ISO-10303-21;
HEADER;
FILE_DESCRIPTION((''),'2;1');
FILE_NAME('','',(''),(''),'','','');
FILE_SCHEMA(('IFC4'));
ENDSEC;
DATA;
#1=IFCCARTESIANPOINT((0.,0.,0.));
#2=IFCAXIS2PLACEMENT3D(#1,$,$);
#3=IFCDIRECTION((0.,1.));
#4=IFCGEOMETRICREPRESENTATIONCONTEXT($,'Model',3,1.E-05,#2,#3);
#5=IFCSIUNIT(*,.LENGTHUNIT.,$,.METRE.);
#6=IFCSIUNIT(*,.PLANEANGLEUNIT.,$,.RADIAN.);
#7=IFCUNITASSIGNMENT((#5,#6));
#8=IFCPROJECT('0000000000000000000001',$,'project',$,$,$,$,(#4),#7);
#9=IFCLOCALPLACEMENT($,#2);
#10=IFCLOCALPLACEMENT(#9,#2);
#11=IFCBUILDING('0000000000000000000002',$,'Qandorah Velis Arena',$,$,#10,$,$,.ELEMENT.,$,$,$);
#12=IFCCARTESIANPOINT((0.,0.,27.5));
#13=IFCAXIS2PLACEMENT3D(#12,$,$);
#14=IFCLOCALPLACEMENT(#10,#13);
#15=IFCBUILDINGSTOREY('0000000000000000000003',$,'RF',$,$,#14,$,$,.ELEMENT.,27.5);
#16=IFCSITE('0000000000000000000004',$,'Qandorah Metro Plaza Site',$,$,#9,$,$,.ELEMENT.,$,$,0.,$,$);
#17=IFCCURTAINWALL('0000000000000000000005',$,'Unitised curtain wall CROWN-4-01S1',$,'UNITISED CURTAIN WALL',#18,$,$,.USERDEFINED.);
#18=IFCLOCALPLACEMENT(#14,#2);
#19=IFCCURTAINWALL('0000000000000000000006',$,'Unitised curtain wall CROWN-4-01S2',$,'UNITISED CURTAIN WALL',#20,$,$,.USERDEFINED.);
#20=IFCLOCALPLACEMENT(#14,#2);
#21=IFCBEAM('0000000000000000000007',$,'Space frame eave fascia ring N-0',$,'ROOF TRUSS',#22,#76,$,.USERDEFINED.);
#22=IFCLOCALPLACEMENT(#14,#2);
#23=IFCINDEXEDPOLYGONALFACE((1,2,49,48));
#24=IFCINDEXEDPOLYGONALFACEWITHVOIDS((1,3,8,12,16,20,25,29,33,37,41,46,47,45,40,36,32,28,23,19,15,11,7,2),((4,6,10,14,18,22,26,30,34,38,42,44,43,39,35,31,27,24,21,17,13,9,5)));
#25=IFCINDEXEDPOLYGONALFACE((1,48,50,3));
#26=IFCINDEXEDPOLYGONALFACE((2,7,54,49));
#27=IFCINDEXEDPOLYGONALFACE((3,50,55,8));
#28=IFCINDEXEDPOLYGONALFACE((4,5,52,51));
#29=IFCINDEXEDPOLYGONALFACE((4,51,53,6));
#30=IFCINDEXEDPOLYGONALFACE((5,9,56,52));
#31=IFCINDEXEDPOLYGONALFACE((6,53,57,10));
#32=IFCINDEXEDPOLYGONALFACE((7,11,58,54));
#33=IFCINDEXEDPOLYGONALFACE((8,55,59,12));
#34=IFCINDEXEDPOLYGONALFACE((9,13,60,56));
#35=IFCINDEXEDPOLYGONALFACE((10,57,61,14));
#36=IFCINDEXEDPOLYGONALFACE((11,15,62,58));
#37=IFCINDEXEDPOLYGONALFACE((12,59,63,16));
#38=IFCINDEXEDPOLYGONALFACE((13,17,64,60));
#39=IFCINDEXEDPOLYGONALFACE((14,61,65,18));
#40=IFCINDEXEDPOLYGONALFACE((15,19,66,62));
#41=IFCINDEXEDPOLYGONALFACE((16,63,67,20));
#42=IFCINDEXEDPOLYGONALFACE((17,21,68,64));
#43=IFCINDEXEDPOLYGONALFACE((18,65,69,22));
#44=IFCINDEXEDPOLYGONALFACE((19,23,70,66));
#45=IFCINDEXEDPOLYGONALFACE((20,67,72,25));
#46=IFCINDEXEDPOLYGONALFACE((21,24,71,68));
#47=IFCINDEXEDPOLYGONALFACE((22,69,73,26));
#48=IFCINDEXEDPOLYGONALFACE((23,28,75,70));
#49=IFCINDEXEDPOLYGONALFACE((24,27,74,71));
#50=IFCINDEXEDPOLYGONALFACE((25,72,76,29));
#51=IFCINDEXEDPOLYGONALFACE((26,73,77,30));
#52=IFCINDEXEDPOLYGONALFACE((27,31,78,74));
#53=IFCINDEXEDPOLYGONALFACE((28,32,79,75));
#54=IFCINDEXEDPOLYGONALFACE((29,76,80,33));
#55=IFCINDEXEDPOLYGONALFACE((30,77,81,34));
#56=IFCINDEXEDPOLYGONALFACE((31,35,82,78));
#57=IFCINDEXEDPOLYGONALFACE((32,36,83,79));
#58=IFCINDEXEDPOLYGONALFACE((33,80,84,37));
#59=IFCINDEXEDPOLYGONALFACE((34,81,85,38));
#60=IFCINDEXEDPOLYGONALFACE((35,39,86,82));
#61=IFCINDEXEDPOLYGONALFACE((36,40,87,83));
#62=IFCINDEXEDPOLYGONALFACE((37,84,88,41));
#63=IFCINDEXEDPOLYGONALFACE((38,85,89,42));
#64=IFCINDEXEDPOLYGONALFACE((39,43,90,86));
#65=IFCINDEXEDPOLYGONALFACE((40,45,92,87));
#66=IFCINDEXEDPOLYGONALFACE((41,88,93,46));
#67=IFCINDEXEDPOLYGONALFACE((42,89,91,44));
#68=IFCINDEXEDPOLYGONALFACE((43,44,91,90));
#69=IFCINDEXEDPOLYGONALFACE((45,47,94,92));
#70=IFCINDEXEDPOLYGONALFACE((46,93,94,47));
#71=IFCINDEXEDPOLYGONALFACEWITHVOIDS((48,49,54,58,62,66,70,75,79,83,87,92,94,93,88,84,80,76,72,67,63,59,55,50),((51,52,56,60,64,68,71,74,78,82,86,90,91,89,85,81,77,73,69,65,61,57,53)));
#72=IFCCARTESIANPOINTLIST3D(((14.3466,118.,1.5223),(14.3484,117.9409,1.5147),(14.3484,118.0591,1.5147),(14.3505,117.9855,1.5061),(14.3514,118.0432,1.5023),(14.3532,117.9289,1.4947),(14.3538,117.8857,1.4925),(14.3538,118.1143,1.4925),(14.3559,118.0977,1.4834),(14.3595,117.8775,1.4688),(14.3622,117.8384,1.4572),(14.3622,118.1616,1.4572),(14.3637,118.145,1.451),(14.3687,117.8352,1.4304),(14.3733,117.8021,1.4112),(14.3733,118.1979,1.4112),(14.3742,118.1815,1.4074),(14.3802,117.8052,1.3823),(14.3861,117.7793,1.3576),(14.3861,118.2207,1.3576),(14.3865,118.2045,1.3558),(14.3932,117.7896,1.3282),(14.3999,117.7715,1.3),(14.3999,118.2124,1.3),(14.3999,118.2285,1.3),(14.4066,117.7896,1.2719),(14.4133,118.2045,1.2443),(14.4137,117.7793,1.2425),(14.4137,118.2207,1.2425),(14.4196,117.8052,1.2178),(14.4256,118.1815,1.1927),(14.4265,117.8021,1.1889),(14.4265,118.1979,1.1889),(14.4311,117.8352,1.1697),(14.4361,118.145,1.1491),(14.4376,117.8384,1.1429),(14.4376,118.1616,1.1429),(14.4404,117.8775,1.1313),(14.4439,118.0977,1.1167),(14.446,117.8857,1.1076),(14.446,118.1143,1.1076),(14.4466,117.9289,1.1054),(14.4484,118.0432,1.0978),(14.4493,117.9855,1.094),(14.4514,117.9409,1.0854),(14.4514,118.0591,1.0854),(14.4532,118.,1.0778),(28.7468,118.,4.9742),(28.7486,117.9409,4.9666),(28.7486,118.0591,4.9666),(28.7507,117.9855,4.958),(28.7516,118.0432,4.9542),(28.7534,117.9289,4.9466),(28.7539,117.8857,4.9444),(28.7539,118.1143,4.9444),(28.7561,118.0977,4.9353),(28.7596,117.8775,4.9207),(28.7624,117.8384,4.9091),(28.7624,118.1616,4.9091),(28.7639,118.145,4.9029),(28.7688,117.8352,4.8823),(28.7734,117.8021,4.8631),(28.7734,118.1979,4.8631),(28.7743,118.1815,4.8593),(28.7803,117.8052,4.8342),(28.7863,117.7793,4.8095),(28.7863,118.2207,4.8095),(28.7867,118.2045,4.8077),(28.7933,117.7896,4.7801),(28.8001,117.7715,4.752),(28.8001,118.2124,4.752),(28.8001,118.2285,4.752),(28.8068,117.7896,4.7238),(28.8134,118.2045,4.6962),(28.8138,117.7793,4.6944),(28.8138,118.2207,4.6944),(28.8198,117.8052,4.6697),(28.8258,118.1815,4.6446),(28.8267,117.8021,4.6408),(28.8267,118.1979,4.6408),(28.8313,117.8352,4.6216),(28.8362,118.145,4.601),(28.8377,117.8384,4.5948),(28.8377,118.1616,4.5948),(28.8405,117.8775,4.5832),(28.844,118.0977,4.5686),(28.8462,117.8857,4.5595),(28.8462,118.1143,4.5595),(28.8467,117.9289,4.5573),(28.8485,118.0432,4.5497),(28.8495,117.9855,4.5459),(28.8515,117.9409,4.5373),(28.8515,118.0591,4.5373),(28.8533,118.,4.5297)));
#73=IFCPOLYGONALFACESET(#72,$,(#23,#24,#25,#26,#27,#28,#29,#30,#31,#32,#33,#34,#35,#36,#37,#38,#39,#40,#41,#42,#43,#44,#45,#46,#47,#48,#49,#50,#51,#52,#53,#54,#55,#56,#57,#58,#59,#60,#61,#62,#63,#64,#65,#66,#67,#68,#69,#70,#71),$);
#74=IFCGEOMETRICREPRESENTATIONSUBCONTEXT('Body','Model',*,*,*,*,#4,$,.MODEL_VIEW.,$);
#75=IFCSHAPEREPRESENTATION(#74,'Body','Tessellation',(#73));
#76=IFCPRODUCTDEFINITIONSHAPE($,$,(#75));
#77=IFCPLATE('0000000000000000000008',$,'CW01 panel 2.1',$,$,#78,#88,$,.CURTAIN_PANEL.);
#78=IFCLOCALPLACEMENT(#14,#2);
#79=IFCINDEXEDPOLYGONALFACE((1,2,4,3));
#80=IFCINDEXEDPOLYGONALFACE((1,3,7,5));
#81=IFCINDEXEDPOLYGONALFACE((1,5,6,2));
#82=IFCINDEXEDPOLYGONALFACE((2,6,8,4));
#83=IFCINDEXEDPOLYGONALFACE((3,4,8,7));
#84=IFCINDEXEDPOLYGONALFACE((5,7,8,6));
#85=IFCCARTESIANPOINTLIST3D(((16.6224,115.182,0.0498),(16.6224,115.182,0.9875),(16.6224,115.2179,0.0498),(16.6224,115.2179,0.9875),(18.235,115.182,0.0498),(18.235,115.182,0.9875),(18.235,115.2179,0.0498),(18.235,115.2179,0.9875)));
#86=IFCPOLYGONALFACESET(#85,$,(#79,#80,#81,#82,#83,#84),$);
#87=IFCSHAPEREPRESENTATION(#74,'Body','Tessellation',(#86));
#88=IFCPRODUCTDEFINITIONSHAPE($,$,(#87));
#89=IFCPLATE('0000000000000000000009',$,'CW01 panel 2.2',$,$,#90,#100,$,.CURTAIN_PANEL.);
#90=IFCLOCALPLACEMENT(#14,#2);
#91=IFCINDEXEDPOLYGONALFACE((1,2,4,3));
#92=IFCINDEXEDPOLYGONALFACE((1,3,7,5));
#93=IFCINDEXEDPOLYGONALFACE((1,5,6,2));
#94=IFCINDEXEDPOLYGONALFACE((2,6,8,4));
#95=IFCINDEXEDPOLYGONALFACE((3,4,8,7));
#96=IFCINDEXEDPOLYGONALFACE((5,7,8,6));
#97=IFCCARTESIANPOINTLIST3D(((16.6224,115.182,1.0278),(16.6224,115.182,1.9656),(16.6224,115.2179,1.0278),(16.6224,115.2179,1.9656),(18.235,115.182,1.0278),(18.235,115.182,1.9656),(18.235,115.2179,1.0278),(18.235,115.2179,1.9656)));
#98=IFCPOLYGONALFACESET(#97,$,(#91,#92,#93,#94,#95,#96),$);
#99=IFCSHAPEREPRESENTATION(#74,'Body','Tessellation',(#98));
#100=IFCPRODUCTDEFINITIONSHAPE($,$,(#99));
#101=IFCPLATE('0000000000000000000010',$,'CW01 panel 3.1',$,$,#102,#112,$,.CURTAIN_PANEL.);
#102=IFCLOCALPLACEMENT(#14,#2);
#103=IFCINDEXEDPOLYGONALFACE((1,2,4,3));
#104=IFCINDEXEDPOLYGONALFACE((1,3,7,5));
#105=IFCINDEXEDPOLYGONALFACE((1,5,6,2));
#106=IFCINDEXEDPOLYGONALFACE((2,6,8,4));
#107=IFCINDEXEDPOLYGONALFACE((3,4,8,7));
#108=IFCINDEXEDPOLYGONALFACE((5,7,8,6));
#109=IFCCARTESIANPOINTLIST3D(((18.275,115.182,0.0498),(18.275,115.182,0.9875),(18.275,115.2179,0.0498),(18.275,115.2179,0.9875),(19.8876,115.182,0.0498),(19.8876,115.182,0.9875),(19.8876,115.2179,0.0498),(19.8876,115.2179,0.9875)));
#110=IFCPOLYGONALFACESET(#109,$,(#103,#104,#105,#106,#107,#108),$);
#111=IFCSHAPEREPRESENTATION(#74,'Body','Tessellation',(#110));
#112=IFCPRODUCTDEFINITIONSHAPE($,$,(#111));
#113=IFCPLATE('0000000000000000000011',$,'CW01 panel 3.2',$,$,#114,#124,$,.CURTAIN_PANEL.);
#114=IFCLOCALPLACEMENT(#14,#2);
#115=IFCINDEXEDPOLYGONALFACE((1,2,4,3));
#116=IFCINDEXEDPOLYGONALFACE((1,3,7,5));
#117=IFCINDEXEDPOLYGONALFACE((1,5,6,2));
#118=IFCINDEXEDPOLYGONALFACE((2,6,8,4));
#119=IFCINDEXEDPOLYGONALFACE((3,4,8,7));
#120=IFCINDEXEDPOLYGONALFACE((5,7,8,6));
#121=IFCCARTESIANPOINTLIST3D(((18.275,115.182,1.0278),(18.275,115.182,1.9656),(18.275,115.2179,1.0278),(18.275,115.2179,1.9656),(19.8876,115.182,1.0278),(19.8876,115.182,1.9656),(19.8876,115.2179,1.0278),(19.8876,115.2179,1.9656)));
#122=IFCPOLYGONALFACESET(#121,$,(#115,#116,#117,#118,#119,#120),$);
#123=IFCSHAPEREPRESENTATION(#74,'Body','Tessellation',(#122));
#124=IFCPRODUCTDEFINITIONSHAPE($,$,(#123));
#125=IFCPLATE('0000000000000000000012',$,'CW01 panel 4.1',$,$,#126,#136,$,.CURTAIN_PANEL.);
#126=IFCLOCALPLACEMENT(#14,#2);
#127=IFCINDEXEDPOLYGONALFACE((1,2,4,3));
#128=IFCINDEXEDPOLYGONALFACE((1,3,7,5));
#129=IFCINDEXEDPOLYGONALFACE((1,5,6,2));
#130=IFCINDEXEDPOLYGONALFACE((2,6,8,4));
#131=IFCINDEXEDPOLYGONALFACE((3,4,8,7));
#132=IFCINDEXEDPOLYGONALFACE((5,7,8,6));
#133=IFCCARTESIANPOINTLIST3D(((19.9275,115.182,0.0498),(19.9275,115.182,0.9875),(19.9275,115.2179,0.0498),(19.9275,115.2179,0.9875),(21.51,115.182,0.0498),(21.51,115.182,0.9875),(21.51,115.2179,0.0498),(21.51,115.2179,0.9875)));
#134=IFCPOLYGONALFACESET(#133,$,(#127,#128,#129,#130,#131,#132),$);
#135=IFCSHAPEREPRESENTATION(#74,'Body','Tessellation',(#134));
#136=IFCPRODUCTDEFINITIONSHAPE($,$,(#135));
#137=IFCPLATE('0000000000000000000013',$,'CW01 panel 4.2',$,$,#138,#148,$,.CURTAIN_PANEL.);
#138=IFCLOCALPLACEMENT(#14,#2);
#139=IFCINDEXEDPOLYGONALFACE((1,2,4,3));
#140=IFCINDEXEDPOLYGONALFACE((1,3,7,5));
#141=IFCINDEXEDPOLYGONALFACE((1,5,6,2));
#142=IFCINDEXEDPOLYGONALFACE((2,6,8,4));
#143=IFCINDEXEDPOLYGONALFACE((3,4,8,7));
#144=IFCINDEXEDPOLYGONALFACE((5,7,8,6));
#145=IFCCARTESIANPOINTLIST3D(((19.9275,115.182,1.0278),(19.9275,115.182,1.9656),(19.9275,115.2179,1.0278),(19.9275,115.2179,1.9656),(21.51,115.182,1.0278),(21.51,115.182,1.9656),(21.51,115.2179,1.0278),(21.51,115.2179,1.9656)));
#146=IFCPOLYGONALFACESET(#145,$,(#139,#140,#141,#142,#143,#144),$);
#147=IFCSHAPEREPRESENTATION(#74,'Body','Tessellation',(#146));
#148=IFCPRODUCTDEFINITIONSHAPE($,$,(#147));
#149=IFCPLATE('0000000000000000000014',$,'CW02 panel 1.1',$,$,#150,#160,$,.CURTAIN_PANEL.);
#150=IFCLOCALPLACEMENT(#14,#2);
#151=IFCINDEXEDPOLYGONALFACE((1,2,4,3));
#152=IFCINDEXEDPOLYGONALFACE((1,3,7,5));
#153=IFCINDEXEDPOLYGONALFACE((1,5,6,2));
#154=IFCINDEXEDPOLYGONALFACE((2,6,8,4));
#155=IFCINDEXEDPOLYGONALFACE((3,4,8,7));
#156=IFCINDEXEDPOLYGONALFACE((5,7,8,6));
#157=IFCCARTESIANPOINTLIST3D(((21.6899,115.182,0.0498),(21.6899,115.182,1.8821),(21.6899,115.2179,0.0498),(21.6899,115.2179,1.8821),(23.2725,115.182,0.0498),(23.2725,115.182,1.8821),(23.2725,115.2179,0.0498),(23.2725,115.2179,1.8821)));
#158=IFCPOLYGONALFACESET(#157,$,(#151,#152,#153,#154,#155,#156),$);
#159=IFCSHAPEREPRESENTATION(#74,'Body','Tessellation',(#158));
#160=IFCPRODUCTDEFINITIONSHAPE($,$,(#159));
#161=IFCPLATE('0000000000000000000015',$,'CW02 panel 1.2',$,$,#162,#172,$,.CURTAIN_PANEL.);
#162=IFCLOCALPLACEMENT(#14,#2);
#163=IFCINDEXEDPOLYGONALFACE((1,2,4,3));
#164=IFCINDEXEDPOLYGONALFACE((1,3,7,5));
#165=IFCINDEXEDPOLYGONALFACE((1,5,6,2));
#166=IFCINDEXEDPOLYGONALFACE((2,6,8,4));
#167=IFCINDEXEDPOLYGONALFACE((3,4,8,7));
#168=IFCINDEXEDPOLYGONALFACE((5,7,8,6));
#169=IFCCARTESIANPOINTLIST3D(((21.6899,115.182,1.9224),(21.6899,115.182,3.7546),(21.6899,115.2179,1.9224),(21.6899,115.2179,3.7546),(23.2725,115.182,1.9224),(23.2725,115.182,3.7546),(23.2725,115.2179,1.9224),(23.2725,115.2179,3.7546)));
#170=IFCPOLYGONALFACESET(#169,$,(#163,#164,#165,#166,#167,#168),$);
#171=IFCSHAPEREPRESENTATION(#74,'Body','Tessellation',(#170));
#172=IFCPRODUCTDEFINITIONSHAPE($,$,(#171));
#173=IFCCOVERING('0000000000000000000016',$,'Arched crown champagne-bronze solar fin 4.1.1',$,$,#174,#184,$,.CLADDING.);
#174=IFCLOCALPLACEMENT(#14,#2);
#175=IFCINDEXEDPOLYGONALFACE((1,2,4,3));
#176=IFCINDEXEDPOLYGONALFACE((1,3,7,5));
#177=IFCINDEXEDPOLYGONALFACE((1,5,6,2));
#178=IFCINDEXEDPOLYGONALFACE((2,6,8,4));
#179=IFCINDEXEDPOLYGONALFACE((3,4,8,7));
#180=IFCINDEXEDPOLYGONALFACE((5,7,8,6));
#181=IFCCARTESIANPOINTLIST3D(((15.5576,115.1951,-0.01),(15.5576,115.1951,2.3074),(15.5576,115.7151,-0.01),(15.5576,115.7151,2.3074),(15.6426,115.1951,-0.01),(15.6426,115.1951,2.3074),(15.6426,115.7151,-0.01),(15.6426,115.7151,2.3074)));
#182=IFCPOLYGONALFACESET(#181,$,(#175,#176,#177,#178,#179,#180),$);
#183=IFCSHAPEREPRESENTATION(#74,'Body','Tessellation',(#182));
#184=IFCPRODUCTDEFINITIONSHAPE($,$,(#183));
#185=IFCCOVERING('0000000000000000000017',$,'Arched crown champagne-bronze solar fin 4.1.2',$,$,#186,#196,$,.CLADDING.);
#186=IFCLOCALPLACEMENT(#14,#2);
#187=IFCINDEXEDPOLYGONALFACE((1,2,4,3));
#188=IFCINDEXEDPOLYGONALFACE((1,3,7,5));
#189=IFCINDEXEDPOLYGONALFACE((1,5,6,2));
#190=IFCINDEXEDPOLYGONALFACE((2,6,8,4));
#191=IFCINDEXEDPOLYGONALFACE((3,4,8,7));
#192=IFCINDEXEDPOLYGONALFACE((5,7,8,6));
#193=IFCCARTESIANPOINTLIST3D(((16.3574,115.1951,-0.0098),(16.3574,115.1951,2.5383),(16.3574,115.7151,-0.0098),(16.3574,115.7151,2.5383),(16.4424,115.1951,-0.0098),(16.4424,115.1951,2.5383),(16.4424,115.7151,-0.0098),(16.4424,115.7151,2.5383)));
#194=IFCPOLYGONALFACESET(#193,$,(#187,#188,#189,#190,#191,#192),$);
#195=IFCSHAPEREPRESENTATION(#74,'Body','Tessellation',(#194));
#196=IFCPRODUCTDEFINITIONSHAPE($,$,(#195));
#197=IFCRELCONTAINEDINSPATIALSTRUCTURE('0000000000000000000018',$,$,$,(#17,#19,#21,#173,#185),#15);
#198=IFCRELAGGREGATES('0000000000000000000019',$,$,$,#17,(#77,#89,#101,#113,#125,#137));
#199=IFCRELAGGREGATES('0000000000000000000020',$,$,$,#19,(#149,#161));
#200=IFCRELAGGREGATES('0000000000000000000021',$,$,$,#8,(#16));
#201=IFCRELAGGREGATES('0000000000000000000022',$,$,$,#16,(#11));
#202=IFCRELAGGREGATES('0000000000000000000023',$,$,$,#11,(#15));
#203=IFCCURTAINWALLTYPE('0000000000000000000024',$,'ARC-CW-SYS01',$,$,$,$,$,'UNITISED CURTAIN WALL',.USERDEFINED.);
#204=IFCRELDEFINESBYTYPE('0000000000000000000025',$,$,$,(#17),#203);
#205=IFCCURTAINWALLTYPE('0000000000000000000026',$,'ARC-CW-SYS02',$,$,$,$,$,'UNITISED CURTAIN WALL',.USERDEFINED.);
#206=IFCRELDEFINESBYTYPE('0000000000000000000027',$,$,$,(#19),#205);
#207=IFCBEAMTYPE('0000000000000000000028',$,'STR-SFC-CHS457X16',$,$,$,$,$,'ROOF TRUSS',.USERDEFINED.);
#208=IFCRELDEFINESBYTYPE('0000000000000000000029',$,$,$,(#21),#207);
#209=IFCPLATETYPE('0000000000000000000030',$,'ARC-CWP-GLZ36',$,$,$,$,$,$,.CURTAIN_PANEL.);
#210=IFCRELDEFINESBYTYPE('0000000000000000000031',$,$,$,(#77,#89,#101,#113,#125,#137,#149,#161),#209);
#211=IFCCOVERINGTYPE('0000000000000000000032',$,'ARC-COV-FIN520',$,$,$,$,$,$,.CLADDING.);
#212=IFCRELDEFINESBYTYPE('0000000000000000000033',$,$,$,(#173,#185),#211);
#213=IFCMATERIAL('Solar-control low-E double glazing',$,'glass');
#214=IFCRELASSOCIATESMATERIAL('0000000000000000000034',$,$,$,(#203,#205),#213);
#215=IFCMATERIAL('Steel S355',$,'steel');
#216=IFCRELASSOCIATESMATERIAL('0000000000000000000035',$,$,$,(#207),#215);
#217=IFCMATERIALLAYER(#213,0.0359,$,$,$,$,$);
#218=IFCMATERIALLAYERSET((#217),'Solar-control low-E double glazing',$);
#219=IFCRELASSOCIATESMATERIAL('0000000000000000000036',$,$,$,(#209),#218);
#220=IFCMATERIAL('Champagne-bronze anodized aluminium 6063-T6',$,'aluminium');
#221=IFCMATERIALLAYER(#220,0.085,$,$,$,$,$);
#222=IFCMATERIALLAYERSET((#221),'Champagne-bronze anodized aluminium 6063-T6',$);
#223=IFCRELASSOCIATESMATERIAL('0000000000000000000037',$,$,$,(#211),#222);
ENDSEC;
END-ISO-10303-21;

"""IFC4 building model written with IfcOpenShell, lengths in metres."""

from ifc_helpers import new_model, si_unit, direction, frame, origin, origin_2d, place, context, subcontext, project, spatial, rectangle, hollow_circle, extrude, material, layer, layer_set, material_profile, profile_set, type_object, element, aggregate, save


model = new_model("IFC4")

# Units and contexts
model_context = context("Model", 3, precision=1e-05, world=origin(), true_north=direction((0.0, 1.0)))
body_context = subcontext(model_context, "Body", "Model", "MODEL_VIEW")
ifc_project = project(units=[si_unit("LENGTHUNIT", "METRE"), si_unit("PLANEANGLEUNIT", "RADIAN")], contexts=[model_context])

# Site, building, storey
site_placement = place(None, origin())
site = spatial("IfcSite", under=ifc_project, at=site_placement, Name="Qandorah Metro Plaza Site", CompositionType="ELEMENT", RefElevation=0.0)
building_placement = place(site_placement, origin())
building = spatial("IfcBuilding", under=site, at=building_placement, Name="Qandorah Velis Arena", CompositionType="ELEMENT")
storey_placement = place(building_placement, frame((0.0, 0.0, 27.5)))
storey = spatial("IfcBuildingStorey", under=building, at=storey_placement, Name="RF", CompositionType="ELEMENT", Elevation=27.5)

# Curtain walls
ifc_material_1 = material(Name="Solar-control low-E double glazing", Category="glass")
curtain_wall_type_1 = type_object("IfcCurtainWallType", Name="ARC-CW-SYS01", ElementType="UNITISED CURTAIN WALL", PredefinedType="USERDEFINED", material=ifc_material_1)
curtain_wall_1_placement = place(storey_placement, origin())
curtain_wall_1 = element("IfcCurtainWall", 1, at=curtain_wall_1_placement, inside=storey, type_object=curtain_wall_type_1, Name="Unitised curtain wall CROWN-4-01S1", ObjectType="UNITISED CURTAIN WALL", PredefinedType="USERDEFINED")
ifc_material_2 = material(Name="Champagne-bronze anodized aluminium 6063-T6", Category="aluminium")
curtain_wall_type_2 = type_object("IfcCurtainWallType", Name="ARC-CW-SYS02", ElementType="UNITISED CURTAIN WALL", PredefinedType="USERDEFINED", material=ifc_material_1)
curtain_wall_2_placement = place(storey_placement, origin())
curtain_wall_2 = element("IfcCurtainWall", 2, at=curtain_wall_2_placement, inside=storey, type_object=curtain_wall_type_2, Name="Unitised curtain wall CROWN-4-01S2", ObjectType="UNITISED CURTAIN WALL", PredefinedType="USERDEFINED")

# Beam
ifc_material_3 = material(Name="Steel S355", Category="steel")
ifc_material_profile_1 = material_profile(ifc_material_3, hollow_circle(Radius=0.2285, WallThickness=0.0161, at=origin_2d()), Name="CHS 457x16")
ifc_profile_set_1 = profile_set([ifc_material_profile_1], Name="Steel S355")
beam_type = type_object("IfcBeamType", Name="STR-SFC-CHS457X16", ElementType="ROOF TRUSS", PredefinedType="USERDEFINED", material=ifc_profile_set_1)
beam_placement = place(storey_placement, frame((14.3999, 118.0, 1.3), z_axis=(0.972451, 0.0, 0.233109), x_axis=(0.0, 1.0, 0.0)))
element("IfcBeam", 3, at=beam_placement, inside=storey, type_object=beam_type, Name="Space frame eave fascia ring N-0", ObjectType="ROOF TRUSS", PredefinedType="USERDEFINED", context=body_context, shape_type="SweptSolid", body=[
    extrude(hollow_circle(Radius=0.2285, WallThickness=0.0161, at=origin_2d()), origin(), (0.0, 0.0, 1.0), 14.8081),
])

# Plates
ifc_layer_1 = layer(ifc_material_1, 0.0359)
ifc_layer_set_1 = layer_set([ifc_layer_1], Name="Solar-control low-E double glazing")
plate_type = type_object("IfcPlateType", Name="ARC-CWP-GLZ36", PredefinedType="CURTAIN_PANEL", material=ifc_layer_set_1)
plate_1_placement = place(storey_placement, frame((17.4287, 115.2, 0.0498), z_axis=(0.0, 0.0, 1.0), x_axis=(1.0, 0.0, 0.0)))
plate_1 = element("IfcPlate", 4, at=plate_1_placement, type_object=plate_type, Name="CW01 panel 2.1", PredefinedType="CURTAIN_PANEL", context=body_context, shape_type="SweptSolid", body=[
    extrude(rectangle(XDim=1.6125, YDim=0.0359, at=origin_2d()), origin(), (0.0, 0.0, 1.0), 0.9377),
])
plate_2_placement = place(storey_placement, frame((17.4287, 115.2, 1.0278), z_axis=(0.0, 0.0, 1.0), x_axis=(1.0, 0.0, 0.0)))
plate_2 = element("IfcPlate", 5, at=plate_2_placement, type_object=plate_type, Name="CW01 panel 2.2", PredefinedType="CURTAIN_PANEL", context=body_context, shape_type="SweptSolid", body=[
    extrude(rectangle(XDim=1.6125, YDim=0.0359, at=origin_2d()), origin(), (0.0, 0.0, 1.0), 0.9377),
])
plate_3_placement = place(storey_placement, frame((19.0813, 115.2, 0.0498), z_axis=(0.0, 0.0, 1.0), x_axis=(1.0, 0.0, 0.0)))
plate_3 = element("IfcPlate", 6, at=plate_3_placement, type_object=plate_type, Name="CW01 panel 3.1", PredefinedType="CURTAIN_PANEL", context=body_context, shape_type="SweptSolid", body=[
    extrude(rectangle(XDim=1.6125, YDim=0.0359, at=origin_2d()), origin(), (0.0, 0.0, 1.0), 0.9377),
])
plate_4_placement = place(storey_placement, frame((19.0813, 115.2, 1.0278), z_axis=(0.0, 0.0, 1.0), x_axis=(1.0, 0.0, 0.0)))
plate_4 = element("IfcPlate", 7, at=plate_4_placement, type_object=plate_type, Name="CW01 panel 3.2", PredefinedType="CURTAIN_PANEL", context=body_context, shape_type="SweptSolid", body=[
    extrude(rectangle(XDim=1.6125, YDim=0.0359, at=origin_2d()), origin(), (0.0, 0.0, 1.0), 0.9377),
])
plate_5_placement = place(storey_placement, frame((20.7188, 115.2, 0.0498), z_axis=(0.0, 0.0, 1.0), x_axis=(1.0, 0.0, 0.0)))
plate_5 = element("IfcPlate", 8, at=plate_5_placement, type_object=plate_type, Name="CW01 panel 4.1", PredefinedType="CURTAIN_PANEL", context=body_context, shape_type="SweptSolid", body=[
    extrude(rectangle(XDim=1.5825, YDim=0.0359, at=origin_2d()), origin(), (0.0, 0.0, 1.0), 0.9377),
])
plate_6_placement = place(storey_placement, frame((20.7188, 115.2, 1.0278), z_axis=(0.0, 0.0, 1.0), x_axis=(1.0, 0.0, 0.0)))
plate_6 = element("IfcPlate", 9, at=plate_6_placement, type_object=plate_type, Name="CW01 panel 4.2", PredefinedType="CURTAIN_PANEL", context=body_context, shape_type="SweptSolid", body=[
    extrude(rectangle(XDim=1.5825, YDim=0.0359, at=origin_2d()), origin(), (0.0, 0.0, 1.0), 0.9377),
])
aggregate(curtain_wall_1, [plate_1, plate_2, plate_3, plate_4, plate_5, plate_6])
plate_7_placement = place(storey_placement, frame((22.4812, 115.2, 0.0498), z_axis=(0.0, 0.0, 1.0), x_axis=(1.0, 0.0, 0.0)))
plate_7 = element("IfcPlate", 10, at=plate_7_placement, type_object=plate_type, Name="CW02 panel 1.1", PredefinedType="CURTAIN_PANEL", context=body_context, shape_type="SweptSolid", body=[
    extrude(rectangle(XDim=1.5825, YDim=0.0359, at=origin_2d()), origin(), (0.0, 0.0, 1.0), 1.8323),
])
plate_8_placement = place(storey_placement, frame((22.4812, 115.2, 1.9224), z_axis=(0.0, 0.0, 1.0), x_axis=(1.0, 0.0, 0.0)))
plate_8 = element("IfcPlate", 11, at=plate_8_placement, type_object=plate_type, Name="CW02 panel 1.2", PredefinedType="CURTAIN_PANEL", context=body_context, shape_type="SweptSolid", body=[
    extrude(rectangle(XDim=1.5825, YDim=0.0359, at=origin_2d()), origin(), (0.0, 0.0, 1.0), 1.8323),
])
aggregate(curtain_wall_2, [plate_7, plate_8])

# Coverings
ifc_layer_2 = layer(ifc_material_2, 0.085)
ifc_layer_set_2 = layer_set([ifc_layer_2], Name="Champagne-bronze anodized aluminium 6063-T6")
covering_type = type_object("IfcCoveringType", Name="ARC-COV-FIN520", PredefinedType="CLADDING", material=ifc_layer_set_2)
covering_1_placement = place(storey_placement, frame((15.6001, 115.4551, -0.01), z_axis=(0.0, 0.0, 1.0), x_axis=(1.0, 0.0, 0.0)))
element("IfcCovering", 12, at=covering_1_placement, inside=storey, type_object=covering_type, Name="Arched crown champagne-bronze solar fin 4.1.1", PredefinedType="CLADDING", context=body_context, shape_type="SweptSolid", body=[
    extrude(rectangle(XDim=0.085, YDim=0.52, at=origin_2d()), origin(), (0.0, 0.0, 1.0), 2.3174),
])
covering_2_placement = place(storey_placement, frame((16.3999, 115.4551, -0.0098), z_axis=(0.0, 0.0, 1.0), x_axis=(1.0, 0.0, 0.0)))
element("IfcCovering", 13, at=covering_2_placement, inside=storey, type_object=covering_type, Name="Arched crown champagne-bronze solar fin 4.1.2", PredefinedType="CLADDING", context=body_context, shape_type="SweptSolid", body=[
    extrude(rectangle(XDim=0.085, YDim=0.52, at=origin_2d()), origin(), (0.0, 0.0, 1.0), 2.5481),
])

save(model, "model.ifc")
